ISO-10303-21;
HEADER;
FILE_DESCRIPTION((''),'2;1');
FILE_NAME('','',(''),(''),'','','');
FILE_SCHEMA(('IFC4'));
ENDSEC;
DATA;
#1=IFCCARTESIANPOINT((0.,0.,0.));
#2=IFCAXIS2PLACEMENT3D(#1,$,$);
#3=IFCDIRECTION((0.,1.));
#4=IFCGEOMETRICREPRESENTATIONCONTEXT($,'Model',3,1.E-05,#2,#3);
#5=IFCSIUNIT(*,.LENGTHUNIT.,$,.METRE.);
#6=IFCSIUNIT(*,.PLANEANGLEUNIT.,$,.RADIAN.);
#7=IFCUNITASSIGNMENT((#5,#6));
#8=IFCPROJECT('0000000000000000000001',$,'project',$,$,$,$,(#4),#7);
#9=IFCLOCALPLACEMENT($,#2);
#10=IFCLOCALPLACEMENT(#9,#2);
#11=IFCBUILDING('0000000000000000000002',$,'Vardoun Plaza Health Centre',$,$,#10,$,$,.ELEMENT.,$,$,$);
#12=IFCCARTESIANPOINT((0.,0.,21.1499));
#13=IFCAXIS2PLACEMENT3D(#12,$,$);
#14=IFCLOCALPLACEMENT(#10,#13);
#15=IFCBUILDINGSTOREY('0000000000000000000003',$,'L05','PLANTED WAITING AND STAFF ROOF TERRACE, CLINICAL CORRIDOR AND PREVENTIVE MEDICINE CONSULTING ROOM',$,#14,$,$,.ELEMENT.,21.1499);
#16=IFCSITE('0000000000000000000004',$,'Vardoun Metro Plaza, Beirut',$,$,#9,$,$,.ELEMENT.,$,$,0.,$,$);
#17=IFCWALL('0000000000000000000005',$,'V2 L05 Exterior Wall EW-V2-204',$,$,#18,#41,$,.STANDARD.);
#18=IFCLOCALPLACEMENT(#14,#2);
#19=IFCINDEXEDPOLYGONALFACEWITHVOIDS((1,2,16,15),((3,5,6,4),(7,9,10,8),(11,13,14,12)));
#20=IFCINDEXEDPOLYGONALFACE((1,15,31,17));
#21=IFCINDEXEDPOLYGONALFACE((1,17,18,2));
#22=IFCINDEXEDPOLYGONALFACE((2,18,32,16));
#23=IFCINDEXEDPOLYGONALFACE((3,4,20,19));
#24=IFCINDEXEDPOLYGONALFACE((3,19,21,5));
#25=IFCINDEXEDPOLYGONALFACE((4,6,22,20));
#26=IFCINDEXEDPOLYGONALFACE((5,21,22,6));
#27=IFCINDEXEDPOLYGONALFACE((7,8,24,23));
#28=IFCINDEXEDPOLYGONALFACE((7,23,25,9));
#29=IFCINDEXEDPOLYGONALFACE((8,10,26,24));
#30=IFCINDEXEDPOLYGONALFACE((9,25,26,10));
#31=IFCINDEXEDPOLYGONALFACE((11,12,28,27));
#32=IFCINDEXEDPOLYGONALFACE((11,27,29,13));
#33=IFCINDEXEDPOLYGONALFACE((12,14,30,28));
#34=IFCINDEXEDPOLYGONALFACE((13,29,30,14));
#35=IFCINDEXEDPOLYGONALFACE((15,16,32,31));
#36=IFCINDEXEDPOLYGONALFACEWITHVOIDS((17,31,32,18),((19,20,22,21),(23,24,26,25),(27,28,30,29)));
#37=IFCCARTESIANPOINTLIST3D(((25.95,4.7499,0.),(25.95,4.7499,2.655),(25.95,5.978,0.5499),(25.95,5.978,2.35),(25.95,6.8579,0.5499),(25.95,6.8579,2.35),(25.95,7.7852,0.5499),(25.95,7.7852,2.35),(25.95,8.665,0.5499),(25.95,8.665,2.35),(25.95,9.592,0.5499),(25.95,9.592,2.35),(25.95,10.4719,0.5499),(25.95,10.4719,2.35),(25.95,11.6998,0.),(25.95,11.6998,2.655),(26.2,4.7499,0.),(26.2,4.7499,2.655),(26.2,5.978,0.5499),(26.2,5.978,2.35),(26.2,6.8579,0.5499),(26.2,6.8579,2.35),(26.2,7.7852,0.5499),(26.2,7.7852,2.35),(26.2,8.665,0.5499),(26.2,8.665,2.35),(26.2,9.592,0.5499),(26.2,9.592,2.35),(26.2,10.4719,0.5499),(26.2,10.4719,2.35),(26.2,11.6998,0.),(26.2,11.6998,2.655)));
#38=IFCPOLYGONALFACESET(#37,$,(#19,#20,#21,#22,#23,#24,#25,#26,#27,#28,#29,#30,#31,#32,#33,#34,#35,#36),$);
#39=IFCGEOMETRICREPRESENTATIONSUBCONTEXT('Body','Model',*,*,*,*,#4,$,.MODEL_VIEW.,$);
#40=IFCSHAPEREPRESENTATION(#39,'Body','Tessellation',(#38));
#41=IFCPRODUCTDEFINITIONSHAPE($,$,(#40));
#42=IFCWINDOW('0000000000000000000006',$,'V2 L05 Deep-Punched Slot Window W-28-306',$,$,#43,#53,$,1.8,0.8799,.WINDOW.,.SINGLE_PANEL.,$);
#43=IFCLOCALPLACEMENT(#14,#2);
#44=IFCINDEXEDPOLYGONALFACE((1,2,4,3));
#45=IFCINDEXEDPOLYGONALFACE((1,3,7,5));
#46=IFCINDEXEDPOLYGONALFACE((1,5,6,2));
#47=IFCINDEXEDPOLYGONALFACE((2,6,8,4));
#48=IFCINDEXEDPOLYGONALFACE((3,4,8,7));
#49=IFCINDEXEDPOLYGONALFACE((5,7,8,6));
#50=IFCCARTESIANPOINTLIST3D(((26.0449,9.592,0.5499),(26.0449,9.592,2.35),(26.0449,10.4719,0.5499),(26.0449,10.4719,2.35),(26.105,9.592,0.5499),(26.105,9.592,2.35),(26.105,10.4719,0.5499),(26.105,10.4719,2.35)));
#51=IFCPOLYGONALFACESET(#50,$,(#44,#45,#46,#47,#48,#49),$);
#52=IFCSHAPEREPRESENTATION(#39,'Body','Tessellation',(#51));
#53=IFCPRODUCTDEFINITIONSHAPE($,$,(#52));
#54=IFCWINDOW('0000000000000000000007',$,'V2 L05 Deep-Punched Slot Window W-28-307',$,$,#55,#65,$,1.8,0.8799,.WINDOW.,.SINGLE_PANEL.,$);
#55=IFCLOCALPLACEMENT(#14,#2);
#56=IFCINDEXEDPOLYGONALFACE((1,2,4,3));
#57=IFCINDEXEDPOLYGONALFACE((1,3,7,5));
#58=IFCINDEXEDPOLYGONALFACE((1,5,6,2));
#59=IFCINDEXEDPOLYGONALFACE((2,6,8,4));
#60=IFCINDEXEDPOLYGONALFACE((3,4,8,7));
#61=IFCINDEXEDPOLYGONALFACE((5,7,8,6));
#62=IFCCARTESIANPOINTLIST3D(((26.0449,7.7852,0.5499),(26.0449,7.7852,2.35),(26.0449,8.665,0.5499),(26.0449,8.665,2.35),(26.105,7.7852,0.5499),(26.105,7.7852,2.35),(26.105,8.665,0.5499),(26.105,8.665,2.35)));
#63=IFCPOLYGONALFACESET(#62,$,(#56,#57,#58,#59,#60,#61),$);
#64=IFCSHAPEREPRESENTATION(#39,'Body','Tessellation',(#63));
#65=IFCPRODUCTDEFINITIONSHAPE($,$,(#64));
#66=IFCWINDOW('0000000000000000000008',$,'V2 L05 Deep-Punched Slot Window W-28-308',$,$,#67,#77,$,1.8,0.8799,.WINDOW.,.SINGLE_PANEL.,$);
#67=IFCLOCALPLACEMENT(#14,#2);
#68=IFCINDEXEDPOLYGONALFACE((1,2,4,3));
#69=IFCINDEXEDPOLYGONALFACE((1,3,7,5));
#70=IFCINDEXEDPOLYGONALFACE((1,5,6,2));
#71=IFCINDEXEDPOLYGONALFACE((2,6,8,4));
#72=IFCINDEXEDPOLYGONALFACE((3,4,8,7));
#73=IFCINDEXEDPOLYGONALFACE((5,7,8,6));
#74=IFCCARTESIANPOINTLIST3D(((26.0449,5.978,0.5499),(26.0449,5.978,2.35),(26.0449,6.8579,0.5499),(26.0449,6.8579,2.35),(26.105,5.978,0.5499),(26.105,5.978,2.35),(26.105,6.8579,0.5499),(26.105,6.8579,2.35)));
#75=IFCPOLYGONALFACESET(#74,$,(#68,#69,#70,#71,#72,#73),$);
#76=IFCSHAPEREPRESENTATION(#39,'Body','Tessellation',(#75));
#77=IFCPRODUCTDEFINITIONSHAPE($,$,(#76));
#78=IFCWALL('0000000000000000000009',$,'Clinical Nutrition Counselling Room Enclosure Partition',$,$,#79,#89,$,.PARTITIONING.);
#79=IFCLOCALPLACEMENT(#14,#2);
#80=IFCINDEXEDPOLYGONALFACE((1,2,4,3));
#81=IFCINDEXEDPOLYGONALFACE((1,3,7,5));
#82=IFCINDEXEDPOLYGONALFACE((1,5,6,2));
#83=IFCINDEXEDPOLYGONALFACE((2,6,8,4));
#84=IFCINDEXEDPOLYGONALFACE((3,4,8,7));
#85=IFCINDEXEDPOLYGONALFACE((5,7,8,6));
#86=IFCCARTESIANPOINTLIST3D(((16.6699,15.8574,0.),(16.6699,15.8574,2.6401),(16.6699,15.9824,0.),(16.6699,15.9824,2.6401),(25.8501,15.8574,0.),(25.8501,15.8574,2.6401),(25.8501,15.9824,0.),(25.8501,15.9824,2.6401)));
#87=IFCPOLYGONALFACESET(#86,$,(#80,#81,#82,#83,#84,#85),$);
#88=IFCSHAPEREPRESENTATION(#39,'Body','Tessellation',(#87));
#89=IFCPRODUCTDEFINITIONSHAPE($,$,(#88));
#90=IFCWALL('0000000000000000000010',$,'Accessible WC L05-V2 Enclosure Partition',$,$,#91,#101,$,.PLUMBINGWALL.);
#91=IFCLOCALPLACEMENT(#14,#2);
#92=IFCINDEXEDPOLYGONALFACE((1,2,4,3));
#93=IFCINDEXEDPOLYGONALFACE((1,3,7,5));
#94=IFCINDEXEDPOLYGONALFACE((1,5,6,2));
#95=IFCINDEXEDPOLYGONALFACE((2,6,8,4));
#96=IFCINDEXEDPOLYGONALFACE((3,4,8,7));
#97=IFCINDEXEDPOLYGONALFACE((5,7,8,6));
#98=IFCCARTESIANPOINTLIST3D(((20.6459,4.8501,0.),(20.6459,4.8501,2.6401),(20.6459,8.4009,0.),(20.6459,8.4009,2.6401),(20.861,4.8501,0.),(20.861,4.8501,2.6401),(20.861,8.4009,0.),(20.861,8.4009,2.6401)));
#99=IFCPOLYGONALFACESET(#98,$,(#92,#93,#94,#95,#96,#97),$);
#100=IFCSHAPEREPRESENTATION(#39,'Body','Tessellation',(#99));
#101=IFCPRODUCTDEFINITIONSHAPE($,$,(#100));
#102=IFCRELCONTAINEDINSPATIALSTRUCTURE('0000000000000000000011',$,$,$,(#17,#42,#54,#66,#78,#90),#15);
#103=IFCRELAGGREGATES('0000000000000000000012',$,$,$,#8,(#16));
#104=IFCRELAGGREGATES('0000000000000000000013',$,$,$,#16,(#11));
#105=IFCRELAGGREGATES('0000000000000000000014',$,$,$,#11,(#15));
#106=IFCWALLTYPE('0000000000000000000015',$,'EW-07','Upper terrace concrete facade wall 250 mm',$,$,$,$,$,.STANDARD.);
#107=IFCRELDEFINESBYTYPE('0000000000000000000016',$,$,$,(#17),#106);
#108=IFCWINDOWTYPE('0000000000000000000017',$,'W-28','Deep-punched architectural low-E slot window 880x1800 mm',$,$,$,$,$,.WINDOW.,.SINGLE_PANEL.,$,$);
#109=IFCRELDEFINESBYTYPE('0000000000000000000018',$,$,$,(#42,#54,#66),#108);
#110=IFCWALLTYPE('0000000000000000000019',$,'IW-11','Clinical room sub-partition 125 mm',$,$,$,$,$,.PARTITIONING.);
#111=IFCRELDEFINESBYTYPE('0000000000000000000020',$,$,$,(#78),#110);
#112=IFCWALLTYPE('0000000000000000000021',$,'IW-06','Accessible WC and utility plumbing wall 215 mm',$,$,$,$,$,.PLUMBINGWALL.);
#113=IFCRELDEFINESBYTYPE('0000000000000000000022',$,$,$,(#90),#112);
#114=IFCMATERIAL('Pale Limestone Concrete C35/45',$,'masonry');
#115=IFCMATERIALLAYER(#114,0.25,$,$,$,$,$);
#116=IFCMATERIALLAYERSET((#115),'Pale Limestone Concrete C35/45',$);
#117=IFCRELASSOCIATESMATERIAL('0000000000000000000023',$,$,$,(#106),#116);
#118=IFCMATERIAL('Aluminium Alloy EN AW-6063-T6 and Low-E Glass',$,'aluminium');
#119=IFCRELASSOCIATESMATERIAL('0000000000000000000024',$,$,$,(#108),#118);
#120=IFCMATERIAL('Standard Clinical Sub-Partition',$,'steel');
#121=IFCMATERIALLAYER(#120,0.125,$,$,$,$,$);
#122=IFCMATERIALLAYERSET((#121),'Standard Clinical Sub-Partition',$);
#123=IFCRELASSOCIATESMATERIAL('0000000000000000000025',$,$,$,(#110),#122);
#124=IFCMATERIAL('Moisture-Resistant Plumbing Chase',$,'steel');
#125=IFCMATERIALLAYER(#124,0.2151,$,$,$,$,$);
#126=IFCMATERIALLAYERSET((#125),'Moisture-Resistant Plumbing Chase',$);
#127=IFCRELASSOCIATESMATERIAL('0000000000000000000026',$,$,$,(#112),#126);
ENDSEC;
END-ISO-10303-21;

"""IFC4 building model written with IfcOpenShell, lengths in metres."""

from ifc_helpers import new_model, si_unit, direction, frame, frame_2d, origin, place, context, subcontext, project, spatial, rectangle, extrude, material, layer, layer_set, type_object, element, fill, save


model = new_model("IFC4")

# Units and contexts
model_context = context("Model", 3, precision=1e-05, world=origin(), true_north=direction((0.0, 1.0)))
body_context = subcontext(model_context, "Body", "Model", "MODEL_VIEW")
ifc_project = project(units=[si_unit("LENGTHUNIT", "METRE"), si_unit("PLANEANGLEUNIT", "RADIAN")], contexts=[model_context])

# Site, building, storey
site_placement = place(None, origin())
site = spatial("IfcSite", under=ifc_project, at=site_placement, Name="Vardoun Metro Plaza, Beirut", CompositionType="ELEMENT", RefElevation=0.0)
building_placement = place(site_placement, origin())
building = spatial("IfcBuilding", under=site, at=building_placement, Name="Vardoun Plaza Health Centre", CompositionType="ELEMENT")
storey_placement = place(building_placement, frame((0.0, 0.0, 21.1499)))
storey = spatial("IfcBuildingStorey", under=building, at=storey_placement, Name="L05", Description="PLANTED WAITING AND STAFF ROOF TERRACE, CLINICAL CORRIDOR AND PREVENTIVE MEDICINE CONSULTING ROOM", CompositionType="ELEMENT", Elevation=21.1499)

# Shared definitions
ifc_material_1 = material(Name="Pale Limestone Concrete C35/45", Category="masonry")
ifc_layer_1 = layer(ifc_material_1, 0.25)
ifc_layer_set_1 = layer_set([ifc_layer_1], Name="Pale Limestone Concrete C35/45")
wall_type_1 = type_object("IfcWallType", Name="EW-07", Description="Upper terrace concrete facade wall 250 mm", PredefinedType="STANDARD", material=ifc_layer_set_1)

# Wall, openings, windows
wall_1_placement = place(storey_placement, frame((26.075, 11.7, 0.0), z_axis=(0.0, 0.0, 1.0), x_axis=(0.0, -1.0, 0.0)))
wall_1 = element("IfcWall", 1, at=wall_1_placement, inside=storey, type_object=wall_type_1, Name="V2 L05 Exterior Wall EW-V2-204", PredefinedType="STANDARD", context=body_context, shape_type="SweptSolid", body=[
    extrude(rectangle(XDim=6.95, YDim=0.25, at=frame_2d((3.4751, 0.0))), origin(), (0.0, 0.0, 1.0), 2.655),
])
opening_1_placement = place(wall_1_placement, frame((1.228, 0.0, 0.55)))
opening_1 = element("IfcOpeningElement", 2, at=opening_1_placement, cuts=wall_1, PredefinedType="OPENING", context=body_context, shape_type="SweptSolid", body=[
    extrude(rectangle(XDim=0.8799, YDim=1.8, at=frame_2d((0.4399, 0.8999))), frame((0.0, 0.125, 0.0), z_axis=(0.0, -1.0, 0.0), x_axis=(1.0, 0.0, 0.0)), (0.0, 0.0, 1.0), 0.25),
])
opening_2_placement = place(wall_1_placement, frame((3.0349, 0.0, 0.55)))
opening_2 = element("IfcOpeningElement", 3, at=opening_2_placement, cuts=wall_1, PredefinedType="OPENING", context=body_context, shape_type="SweptSolid", body=[
    extrude(rectangle(XDim=0.8799, YDim=1.8, at=frame_2d((0.4399, 0.8999))), frame((0.0, 0.125, 0.0), z_axis=(0.0, -1.0, 0.0), x_axis=(1.0, 0.0, 0.0)), (0.0, 0.0, 1.0), 0.25),
])
opening_3_placement = place(wall_1_placement, frame((4.842, 0.0, 0.55)))
opening_3 = element("IfcOpeningElement", 4, at=opening_3_placement, cuts=wall_1, PredefinedType="OPENING", context=body_context, shape_type="SweptSolid", body=[
    extrude(rectangle(XDim=0.8799, YDim=1.8, at=frame_2d((0.4399, 0.8999))), frame((0.0, 0.125, 0.0), z_axis=(0.0, -1.0, 0.0), x_axis=(1.0, 0.0, 0.0)), (0.0, 0.0, 1.0), 0.25),
])
ifc_material_2 = material(Name="Aluminium Alloy EN AW-6063-T6 and Low-E Glass", Category="aluminium")
window_type = type_object("IfcWindowType", Name="W-28", Description="Deep-punched architectural low-E slot window 880x1800 mm", PartitioningType="SINGLE_PANEL", PredefinedType="WINDOW", material=ifc_material_2)
window_1_placement = place(opening_1_placement, origin())
window_1 = element("IfcWindow", 5, at=window_1_placement, inside=storey, type_object=window_type, Name="V2 L05 Deep-Punched Slot Window W-28-306", OverallHeight=1.8, OverallWidth=0.8799, PartitioningType="SINGLE_PANEL", PredefinedType="WINDOW", context=body_context, shape_type="SweptSolid", body=[
    extrude(rectangle(XDim=0.8799, YDim=1.8, at=frame_2d((0.4399, 0.8999))), frame((0.0, 0.03, 0.0), z_axis=(0.0, -1.0, 0.0), x_axis=(1.0, 0.0, 0.0)), (0.0, 0.0, 1.0), 0.0601),
])
fill(opening_1, window_1)
window_2_placement = place(opening_2_placement, origin())
window_2 = element("IfcWindow", 6, at=window_2_placement, inside=storey, type_object=window_type, Name="V2 L05 Deep-Punched Slot Window W-28-307", OverallHeight=1.8, OverallWidth=0.8799, PartitioningType="SINGLE_PANEL", PredefinedType="WINDOW", context=body_context, shape_type="SweptSolid", body=[
    extrude(rectangle(XDim=0.8799, YDim=1.8, at=frame_2d((0.4399, 0.8999))), frame((0.0, 0.03, 0.0), z_axis=(0.0, -1.0, 0.0), x_axis=(1.0, 0.0, 0.0)), (0.0, 0.0, 1.0), 0.0601),
])
fill(opening_2, window_2)
window_3_placement = place(opening_3_placement, origin())
window_3 = element("IfcWindow", 7, at=window_3_placement, inside=storey, type_object=window_type, Name="V2 L05 Deep-Punched Slot Window W-28-308", OverallHeight=1.8, OverallWidth=0.8799, PartitioningType="SINGLE_PANEL", PredefinedType="WINDOW", context=body_context, shape_type="SweptSolid", body=[
    extrude(rectangle(XDim=0.8799, YDim=1.8, at=frame_2d((0.4399, 0.8999))), frame((0.0, 0.03, 0.0), z_axis=(0.0, -1.0, 0.0), x_axis=(1.0, 0.0, 0.0)), (0.0, 0.0, 1.0), 0.0601),
])
fill(opening_3, window_3)

# Walls
ifc_material_3 = material(Name="Standard Clinical Sub-Partition", Category="steel")
ifc_layer_2 = layer(ifc_material_3, 0.125)
ifc_layer_set_2 = layer_set([ifc_layer_2], Name="Standard Clinical Sub-Partition")
wall_type_2 = type_object("IfcWallType", Name="IW-11", Description="Clinical room sub-partition 125 mm", PredefinedType="PARTITIONING", material=ifc_layer_set_2)
wall_2_placement = place(storey_placement, frame((25.8501, 15.9199, 0.0), z_axis=(0.0, 0.0, 1.0), x_axis=(-1.0, 0.0, 0.0)))
element("IfcWall", 8, at=wall_2_placement, inside=storey, type_object=wall_type_2, Name="Clinical Nutrition Counselling Room Enclosure Partition", PredefinedType="PARTITIONING", context=body_context, shape_type="SweptSolid", body=[
    extrude(rectangle(XDim=9.1802, YDim=0.125, at=frame_2d((4.5901, 0.0))), origin(), (0.0, 0.0, 1.0), 2.6401),
])
ifc_material_4 = material(Name="Moisture-Resistant Plumbing Chase", Category="steel")
ifc_layer_3 = layer(ifc_material_4, 0.2151)
ifc_layer_set_3 = layer_set([ifc_layer_3], Name="Moisture-Resistant Plumbing Chase")
wall_type_3 = type_object("IfcWallType", Name="IW-06", Description="Accessible WC and utility plumbing wall 215 mm", PredefinedType="PLUMBINGWALL", material=ifc_layer_set_3)
wall_3_placement = place(storey_placement, frame((20.7534, 8.4009, 0.0), z_axis=(0.0, 0.0, 1.0), x_axis=(0.0, -1.0, 0.0)))
element("IfcWall", 9, at=wall_3_placement, inside=storey, type_object=wall_type_3, Name="Accessible WC L05-V2 Enclosure Partition", PredefinedType="PLUMBINGWALL", context=body_context, shape_type="SweptSolid", body=[
    extrude(rectangle(XDim=3.5508, YDim=0.2151, at=frame_2d((1.7754, 0.0))), origin(), (0.0, 0.0, 1.0), 2.6401),
])

save(model, "model.ifc")
